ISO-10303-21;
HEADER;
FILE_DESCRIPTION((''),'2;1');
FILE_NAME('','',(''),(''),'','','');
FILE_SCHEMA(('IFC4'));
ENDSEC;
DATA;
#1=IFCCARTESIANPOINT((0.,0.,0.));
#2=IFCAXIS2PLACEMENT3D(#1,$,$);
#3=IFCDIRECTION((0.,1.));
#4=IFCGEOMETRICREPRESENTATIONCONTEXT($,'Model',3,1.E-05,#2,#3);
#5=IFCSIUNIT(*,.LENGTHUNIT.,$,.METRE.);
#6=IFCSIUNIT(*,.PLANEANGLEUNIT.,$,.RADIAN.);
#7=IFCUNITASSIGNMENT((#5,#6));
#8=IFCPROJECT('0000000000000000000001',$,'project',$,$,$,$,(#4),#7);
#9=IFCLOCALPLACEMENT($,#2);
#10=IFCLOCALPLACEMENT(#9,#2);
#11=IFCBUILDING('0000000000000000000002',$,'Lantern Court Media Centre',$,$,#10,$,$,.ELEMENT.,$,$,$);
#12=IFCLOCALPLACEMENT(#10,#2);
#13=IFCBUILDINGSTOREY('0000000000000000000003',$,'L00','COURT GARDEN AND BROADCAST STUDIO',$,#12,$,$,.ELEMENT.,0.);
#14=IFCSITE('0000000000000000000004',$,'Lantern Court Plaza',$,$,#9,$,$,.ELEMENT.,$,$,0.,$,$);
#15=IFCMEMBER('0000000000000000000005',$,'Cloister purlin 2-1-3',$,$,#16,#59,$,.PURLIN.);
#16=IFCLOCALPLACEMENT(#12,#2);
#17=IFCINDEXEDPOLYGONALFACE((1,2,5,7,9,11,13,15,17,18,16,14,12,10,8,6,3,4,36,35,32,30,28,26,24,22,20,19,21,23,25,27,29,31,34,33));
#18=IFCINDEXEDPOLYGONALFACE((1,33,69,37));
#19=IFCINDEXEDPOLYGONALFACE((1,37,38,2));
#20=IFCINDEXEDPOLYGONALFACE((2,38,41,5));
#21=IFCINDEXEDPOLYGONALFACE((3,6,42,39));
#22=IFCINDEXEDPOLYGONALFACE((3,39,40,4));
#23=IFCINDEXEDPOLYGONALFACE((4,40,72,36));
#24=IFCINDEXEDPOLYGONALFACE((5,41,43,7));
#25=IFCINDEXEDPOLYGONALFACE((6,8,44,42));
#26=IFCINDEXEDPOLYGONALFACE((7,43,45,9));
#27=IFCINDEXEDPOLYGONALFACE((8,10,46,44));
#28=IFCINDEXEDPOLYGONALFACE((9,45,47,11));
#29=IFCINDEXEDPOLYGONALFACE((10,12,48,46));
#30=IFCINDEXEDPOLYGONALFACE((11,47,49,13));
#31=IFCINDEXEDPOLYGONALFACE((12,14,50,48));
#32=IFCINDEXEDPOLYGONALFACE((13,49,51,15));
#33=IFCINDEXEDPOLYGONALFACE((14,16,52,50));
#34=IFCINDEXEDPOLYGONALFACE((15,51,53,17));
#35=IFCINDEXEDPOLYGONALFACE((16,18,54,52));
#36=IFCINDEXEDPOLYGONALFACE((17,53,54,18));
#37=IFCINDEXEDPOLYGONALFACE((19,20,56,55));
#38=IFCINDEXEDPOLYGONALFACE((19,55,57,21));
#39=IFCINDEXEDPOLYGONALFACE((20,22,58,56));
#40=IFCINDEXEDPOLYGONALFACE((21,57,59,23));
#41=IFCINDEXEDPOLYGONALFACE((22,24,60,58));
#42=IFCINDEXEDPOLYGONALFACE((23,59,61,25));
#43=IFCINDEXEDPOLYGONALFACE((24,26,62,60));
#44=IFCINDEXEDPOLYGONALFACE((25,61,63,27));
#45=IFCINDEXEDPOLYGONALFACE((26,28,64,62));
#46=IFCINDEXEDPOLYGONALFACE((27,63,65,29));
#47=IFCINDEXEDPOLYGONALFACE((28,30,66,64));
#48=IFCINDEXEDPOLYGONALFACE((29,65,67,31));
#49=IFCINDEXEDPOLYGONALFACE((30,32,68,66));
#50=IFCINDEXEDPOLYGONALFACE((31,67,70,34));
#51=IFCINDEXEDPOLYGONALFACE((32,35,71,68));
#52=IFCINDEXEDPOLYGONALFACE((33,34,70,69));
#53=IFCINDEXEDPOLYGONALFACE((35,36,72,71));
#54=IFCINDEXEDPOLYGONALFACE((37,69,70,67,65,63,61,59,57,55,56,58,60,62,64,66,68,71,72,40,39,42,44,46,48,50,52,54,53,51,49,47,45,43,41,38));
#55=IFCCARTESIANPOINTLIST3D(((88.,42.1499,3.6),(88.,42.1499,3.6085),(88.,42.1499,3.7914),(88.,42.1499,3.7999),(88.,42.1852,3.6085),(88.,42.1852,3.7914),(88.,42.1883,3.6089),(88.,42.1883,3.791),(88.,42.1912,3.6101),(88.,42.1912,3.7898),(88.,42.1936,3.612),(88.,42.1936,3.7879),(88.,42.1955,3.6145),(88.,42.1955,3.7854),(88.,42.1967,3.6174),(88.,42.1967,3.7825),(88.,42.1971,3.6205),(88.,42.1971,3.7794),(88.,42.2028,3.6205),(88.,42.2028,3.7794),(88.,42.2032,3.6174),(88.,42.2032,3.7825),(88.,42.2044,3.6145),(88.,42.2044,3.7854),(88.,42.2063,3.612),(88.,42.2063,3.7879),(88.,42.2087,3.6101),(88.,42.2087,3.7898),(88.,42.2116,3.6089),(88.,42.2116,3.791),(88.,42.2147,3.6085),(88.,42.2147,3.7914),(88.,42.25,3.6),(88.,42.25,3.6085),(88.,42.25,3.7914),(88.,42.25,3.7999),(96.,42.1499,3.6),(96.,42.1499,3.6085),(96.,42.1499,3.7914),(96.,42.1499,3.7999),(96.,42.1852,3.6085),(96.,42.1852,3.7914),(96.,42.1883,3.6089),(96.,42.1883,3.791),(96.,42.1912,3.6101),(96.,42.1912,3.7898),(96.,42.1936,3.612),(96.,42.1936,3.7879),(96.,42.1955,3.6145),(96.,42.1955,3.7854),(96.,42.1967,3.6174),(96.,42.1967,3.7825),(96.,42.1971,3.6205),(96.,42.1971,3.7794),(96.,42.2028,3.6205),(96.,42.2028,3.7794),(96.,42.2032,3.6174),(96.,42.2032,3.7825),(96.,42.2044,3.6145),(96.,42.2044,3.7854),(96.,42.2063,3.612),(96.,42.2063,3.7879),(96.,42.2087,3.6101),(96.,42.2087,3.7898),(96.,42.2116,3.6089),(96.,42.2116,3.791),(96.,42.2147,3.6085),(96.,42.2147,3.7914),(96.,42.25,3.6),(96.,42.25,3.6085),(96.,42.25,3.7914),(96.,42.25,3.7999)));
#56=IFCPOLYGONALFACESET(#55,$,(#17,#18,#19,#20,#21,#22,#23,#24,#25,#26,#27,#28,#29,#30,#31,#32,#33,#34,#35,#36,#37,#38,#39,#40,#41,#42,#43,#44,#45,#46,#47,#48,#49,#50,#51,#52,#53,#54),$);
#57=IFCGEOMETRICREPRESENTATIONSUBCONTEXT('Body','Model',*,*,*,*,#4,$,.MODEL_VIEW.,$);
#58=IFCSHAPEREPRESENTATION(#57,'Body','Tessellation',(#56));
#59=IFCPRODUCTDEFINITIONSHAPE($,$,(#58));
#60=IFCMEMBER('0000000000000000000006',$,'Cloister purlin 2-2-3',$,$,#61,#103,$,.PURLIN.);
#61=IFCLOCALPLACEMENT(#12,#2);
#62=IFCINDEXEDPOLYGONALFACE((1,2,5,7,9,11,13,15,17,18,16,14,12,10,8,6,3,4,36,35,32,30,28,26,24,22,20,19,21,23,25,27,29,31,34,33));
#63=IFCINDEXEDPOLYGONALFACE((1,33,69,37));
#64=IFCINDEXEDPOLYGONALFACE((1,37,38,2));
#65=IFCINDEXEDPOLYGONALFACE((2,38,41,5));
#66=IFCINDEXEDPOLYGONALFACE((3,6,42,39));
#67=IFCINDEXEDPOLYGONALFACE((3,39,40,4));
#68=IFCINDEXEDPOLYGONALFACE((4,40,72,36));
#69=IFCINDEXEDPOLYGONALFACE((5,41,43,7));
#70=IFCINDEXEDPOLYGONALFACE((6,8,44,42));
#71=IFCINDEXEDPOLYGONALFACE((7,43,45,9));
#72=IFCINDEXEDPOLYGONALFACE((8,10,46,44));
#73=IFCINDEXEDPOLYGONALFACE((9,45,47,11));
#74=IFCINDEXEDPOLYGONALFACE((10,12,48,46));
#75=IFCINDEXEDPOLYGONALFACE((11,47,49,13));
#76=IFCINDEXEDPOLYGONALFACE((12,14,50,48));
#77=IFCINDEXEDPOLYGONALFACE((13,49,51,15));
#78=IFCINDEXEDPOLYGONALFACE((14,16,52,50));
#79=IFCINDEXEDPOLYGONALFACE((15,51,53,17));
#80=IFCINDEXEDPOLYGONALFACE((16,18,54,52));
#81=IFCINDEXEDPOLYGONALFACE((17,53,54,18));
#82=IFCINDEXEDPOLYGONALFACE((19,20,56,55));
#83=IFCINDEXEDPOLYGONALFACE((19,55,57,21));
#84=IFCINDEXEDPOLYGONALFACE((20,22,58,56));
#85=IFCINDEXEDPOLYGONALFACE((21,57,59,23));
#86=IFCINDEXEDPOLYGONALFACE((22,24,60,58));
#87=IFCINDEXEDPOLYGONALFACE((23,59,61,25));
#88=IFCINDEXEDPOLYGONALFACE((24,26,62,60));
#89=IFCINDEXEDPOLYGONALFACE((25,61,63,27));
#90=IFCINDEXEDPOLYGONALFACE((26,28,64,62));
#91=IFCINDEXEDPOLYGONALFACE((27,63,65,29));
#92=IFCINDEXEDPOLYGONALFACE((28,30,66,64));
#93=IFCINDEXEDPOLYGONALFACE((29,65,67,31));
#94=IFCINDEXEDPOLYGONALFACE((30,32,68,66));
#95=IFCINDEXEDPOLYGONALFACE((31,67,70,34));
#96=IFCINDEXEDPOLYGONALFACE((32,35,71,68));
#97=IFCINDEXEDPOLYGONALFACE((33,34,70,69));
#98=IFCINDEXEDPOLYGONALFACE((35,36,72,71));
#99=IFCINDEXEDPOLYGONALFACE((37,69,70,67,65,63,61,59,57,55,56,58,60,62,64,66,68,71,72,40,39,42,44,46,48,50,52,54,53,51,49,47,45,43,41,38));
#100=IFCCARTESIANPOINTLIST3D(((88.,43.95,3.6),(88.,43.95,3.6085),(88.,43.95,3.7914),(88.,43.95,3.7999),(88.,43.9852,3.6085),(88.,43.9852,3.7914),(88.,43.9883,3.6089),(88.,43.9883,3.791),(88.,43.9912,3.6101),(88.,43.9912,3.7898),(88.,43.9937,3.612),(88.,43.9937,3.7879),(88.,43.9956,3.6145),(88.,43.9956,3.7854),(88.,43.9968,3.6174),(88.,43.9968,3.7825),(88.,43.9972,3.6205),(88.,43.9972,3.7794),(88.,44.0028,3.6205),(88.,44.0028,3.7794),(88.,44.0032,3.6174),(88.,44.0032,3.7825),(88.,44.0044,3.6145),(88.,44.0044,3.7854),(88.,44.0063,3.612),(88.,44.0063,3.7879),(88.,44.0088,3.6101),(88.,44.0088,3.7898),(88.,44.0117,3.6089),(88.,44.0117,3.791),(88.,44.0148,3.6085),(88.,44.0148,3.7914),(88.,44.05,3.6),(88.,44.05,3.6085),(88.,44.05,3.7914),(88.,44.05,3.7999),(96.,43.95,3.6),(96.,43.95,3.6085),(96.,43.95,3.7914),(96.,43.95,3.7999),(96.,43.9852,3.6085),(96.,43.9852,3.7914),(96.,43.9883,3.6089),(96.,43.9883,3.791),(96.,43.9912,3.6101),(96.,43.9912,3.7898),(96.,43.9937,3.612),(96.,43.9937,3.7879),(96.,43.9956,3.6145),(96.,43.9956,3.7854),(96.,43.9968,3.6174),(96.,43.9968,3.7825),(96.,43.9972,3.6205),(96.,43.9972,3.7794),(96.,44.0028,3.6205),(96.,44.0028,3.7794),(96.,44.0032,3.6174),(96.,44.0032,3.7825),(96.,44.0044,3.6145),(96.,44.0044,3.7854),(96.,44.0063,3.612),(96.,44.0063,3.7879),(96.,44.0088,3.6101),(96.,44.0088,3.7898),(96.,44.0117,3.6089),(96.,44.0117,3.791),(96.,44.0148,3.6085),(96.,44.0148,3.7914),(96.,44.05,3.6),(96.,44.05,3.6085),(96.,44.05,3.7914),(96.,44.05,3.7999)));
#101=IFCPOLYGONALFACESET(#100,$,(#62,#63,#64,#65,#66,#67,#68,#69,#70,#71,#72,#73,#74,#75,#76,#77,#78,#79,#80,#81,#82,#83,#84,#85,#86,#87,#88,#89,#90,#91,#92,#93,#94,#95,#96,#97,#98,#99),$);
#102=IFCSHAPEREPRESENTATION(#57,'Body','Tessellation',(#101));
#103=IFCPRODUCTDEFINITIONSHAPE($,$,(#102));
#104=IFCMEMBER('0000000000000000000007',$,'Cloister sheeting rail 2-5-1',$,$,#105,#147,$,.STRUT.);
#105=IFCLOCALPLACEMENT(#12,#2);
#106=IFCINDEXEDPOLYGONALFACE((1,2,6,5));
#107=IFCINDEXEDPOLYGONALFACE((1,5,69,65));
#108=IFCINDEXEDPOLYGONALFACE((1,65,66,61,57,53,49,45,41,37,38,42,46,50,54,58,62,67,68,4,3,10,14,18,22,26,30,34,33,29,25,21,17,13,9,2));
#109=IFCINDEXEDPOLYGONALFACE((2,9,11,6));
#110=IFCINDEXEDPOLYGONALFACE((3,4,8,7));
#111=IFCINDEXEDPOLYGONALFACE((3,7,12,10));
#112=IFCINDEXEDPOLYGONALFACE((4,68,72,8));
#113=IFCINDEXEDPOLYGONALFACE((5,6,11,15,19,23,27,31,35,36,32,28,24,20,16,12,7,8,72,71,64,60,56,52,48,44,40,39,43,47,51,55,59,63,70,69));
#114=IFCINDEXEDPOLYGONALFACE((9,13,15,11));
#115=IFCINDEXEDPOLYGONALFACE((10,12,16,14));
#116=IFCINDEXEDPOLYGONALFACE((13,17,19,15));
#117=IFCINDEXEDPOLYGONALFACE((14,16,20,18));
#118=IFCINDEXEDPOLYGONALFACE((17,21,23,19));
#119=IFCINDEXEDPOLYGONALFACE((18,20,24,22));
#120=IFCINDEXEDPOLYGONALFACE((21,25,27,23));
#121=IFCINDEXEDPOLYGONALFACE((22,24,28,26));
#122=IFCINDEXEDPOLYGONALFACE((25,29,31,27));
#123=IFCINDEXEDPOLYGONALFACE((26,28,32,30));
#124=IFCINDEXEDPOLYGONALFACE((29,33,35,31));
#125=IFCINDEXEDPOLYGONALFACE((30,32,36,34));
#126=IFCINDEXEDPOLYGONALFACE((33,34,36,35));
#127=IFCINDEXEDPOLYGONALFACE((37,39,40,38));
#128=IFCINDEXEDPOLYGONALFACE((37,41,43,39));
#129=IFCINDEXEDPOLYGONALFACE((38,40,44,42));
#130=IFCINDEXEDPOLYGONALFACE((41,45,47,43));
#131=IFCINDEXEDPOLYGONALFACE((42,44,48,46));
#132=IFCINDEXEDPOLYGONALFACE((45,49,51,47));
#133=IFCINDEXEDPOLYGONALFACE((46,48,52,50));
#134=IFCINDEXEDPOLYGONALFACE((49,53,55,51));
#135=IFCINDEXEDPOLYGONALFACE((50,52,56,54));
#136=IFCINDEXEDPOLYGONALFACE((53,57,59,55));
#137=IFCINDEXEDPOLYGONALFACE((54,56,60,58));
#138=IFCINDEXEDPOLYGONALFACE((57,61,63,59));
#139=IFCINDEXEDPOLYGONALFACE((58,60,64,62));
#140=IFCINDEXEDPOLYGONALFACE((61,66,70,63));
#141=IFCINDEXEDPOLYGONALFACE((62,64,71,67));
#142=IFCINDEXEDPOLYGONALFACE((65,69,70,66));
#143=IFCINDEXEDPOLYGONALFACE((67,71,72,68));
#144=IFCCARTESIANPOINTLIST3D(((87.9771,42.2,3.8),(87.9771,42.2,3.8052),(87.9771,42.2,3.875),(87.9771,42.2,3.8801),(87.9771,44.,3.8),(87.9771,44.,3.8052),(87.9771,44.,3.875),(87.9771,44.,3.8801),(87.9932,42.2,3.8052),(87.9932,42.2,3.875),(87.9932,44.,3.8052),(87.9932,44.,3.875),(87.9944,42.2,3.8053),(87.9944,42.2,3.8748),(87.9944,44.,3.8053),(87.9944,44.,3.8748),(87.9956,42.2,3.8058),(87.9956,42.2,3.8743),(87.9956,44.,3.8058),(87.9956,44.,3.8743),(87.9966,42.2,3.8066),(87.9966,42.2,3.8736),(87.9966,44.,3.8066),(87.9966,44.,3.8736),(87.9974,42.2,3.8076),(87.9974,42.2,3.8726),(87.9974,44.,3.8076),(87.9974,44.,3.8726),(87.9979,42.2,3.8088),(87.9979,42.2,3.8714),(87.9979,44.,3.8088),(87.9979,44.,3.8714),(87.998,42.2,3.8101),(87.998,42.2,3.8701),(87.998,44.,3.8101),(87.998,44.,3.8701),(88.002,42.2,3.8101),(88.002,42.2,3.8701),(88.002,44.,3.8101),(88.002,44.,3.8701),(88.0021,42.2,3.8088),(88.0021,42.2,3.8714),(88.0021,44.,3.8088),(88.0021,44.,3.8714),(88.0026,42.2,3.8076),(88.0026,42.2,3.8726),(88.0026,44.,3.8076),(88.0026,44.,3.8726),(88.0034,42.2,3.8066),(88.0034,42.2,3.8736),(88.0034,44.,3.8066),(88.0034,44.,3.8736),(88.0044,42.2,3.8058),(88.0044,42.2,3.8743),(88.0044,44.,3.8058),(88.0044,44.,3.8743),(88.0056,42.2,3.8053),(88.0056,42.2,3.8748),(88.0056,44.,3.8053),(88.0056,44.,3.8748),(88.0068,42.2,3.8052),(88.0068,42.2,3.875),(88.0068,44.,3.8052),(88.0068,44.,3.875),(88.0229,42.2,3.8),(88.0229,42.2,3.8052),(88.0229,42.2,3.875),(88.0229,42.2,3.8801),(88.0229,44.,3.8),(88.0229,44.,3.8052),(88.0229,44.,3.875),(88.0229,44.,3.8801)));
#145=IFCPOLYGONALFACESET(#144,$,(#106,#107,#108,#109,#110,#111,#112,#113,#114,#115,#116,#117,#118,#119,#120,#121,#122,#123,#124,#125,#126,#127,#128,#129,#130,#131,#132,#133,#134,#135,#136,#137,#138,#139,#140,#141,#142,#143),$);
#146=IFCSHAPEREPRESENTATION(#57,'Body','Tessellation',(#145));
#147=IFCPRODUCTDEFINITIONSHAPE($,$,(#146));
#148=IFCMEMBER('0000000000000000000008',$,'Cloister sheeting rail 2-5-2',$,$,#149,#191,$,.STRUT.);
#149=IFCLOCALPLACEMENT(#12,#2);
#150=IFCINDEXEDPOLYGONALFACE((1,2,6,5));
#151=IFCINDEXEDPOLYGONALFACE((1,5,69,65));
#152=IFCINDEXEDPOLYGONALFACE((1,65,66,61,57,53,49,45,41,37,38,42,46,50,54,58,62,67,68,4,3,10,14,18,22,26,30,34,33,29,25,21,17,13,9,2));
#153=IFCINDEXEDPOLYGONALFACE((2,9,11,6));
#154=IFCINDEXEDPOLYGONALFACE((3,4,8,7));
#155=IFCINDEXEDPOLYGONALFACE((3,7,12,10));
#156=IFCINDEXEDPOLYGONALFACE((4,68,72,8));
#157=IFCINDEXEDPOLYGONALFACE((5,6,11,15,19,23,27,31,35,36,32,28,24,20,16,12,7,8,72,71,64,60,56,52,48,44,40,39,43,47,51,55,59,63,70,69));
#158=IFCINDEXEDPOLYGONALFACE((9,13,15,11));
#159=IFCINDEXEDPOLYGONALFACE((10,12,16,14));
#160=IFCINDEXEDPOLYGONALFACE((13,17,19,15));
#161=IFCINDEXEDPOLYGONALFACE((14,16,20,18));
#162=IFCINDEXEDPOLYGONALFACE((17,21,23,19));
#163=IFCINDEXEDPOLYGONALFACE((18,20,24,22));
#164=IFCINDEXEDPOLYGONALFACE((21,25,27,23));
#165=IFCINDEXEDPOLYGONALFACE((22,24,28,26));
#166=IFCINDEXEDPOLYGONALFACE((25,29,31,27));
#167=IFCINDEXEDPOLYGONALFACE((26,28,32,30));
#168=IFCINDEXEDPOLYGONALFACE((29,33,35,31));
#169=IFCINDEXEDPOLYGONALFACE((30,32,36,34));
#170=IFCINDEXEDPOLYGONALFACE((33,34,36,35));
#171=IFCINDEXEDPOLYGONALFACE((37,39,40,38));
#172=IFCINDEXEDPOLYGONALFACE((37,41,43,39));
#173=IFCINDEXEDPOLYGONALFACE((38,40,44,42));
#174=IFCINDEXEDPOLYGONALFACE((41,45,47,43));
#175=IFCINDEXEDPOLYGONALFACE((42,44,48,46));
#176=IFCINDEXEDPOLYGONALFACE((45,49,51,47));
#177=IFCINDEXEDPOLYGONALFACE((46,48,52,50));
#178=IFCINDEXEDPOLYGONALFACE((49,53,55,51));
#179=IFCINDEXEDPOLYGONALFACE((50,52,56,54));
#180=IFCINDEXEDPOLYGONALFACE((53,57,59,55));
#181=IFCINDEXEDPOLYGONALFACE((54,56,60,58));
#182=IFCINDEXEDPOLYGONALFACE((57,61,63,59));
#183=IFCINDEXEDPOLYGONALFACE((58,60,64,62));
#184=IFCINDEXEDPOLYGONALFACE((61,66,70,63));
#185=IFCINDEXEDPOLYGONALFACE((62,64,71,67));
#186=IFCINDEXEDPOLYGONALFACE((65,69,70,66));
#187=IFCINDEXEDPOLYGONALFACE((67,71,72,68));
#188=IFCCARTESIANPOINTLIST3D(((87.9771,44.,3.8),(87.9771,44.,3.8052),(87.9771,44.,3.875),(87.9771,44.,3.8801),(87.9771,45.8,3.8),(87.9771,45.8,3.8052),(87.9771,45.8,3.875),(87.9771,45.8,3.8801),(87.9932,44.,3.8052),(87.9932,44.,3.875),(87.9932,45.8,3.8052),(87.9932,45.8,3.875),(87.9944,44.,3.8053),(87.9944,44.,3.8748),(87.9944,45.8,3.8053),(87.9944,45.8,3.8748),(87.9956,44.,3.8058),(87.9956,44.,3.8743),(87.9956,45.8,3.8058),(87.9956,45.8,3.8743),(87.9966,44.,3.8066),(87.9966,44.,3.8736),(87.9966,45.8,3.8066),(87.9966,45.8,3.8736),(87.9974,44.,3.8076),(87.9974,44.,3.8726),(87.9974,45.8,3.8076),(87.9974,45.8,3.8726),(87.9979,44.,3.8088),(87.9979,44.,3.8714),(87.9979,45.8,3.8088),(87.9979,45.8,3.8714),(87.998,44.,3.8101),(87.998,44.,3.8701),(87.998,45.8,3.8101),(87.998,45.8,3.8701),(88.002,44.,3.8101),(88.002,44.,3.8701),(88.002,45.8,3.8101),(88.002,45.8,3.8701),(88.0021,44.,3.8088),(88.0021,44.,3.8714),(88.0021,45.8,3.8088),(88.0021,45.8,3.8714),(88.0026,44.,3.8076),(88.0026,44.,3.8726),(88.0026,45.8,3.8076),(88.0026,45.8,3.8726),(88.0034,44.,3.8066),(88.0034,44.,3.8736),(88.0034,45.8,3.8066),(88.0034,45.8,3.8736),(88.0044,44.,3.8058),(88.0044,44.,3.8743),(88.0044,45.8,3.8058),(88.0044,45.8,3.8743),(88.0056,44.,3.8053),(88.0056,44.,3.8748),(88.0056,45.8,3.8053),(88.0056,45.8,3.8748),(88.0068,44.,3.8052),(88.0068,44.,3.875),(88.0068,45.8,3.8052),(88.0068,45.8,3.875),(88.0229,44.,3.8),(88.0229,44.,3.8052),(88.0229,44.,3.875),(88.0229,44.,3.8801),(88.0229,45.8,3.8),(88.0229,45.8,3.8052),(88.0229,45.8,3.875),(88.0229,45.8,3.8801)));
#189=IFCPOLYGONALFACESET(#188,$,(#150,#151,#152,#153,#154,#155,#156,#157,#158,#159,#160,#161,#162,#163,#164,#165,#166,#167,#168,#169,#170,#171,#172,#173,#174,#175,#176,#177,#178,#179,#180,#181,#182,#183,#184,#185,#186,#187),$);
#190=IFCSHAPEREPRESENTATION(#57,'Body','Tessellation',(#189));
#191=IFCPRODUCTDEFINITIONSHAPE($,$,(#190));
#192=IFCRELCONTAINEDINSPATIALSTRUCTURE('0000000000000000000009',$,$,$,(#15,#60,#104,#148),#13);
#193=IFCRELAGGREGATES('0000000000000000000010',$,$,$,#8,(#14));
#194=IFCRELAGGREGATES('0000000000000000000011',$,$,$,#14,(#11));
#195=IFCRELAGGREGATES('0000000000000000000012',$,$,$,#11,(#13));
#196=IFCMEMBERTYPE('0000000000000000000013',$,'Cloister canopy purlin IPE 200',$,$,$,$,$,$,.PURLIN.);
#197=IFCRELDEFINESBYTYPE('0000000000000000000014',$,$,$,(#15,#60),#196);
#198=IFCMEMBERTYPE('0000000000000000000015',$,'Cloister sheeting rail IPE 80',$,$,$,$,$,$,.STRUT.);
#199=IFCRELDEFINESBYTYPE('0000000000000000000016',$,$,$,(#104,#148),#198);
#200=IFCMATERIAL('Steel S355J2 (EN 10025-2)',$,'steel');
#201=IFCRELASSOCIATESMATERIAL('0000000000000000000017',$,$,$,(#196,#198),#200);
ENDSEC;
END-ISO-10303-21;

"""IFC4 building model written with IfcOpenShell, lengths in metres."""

from ifc_helpers import new_model, si_unit, direction, frame, origin, origin_2d, place, context, subcontext, project, spatial, i_section, extrude, material, material_profile, profile_set, type_object, element, save


model = new_model("IFC4")

# Units and contexts
model_context = context("Model", 3, precision=1e-05, world=origin(), true_north=direction((0.0, 1.0)))
body_context = subcontext(model_context, "Body", "Model", "MODEL_VIEW")
ifc_project = project(units=[si_unit("LENGTHUNIT", "METRE"), si_unit("PLANEANGLEUNIT", "RADIAN")], contexts=[model_context])

# Site, building, storey
site_placement = place(None, origin())
site = spatial("IfcSite", under=ifc_project, at=site_placement, Name="Lantern Court Plaza", CompositionType="ELEMENT", RefElevation=0.0)
building_placement = place(site_placement, origin())
building = spatial("IfcBuilding", under=site, at=building_placement, Name="Lantern Court Media Centre", CompositionType="ELEMENT")
storey_placement = place(building_placement, origin())
storey = spatial("IfcBuildingStorey", under=building, at=storey_placement, Name="L00", Description="COURT GARDEN AND BROADCAST STUDIO", CompositionType="ELEMENT", Elevation=0.0)

# Shared definitions
ifc_material_1 = material(Name="Steel S355J2 (EN 10025-2)", Category="steel")

# Members
ifc_material_profile_1 = material_profile(ifc_material_1, i_section(OverallWidth=0.1001, OverallDepth=0.2, WebThickness=0.0056, FlangeThickness=0.0085, FilletRadius=0.012, at=origin_2d()), Name="IPE 200")
ifc_profile_set_1 = profile_set([ifc_material_profile_1], Name="Steel S355J2 (EN 10025-2)")
member_type_1 = type_object("IfcMemberType", Name="Cloister canopy purlin IPE 200", PredefinedType="PURLIN", material=ifc_profile_set_1)
for number, where, z_axis, x_axis, name in (
    (1, (88.0, 42.2, 3.7), (1.0, 0.0, 0.0), (0.0, 1.0, 0.0), "Cloister purlin 2-1-3"),
    (2, (88.0, 44.0, 3.7), (1.0, 0.0, 0.0), (0.0, 1.0, 0.0), "Cloister purlin 2-2-3"),
):
    element("IfcMember", number, at=place(storey_placement, frame(where, z_axis=z_axis, x_axis=x_axis)), inside=storey, type_object=member_type_1, Name=name, PredefinedType="PURLIN", context=body_context, shape_type="SweptSolid", body=[
        extrude(i_section(OverallWidth=0.1001, OverallDepth=0.2, WebThickness=0.0056, FlangeThickness=0.0085, FilletRadius=0.012, at=origin_2d()), origin(), (0.0, 0.0, 1.0), 8.0),
    ])
ifc_material_profile_2 = material_profile(ifc_material_1, i_section(OverallWidth=0.0459, OverallDepth=0.0801, WebThickness=0.0039, FlangeThickness=0.0051, FilletRadius=0.0049, at=origin_2d()), Name="IPE 80")
ifc_profile_set_2 = profile_set([ifc_material_profile_2], Name="Steel S355J2 (EN 10025-2)")
member_type_2 = type_object("IfcMemberType", Name="Cloister sheeting rail IPE 80", PredefinedType="STRUT", material=ifc_profile_set_2)
for number, where, z_axis, x_axis, name in (
    (3, (88.0, 42.2, 3.8401), (0.0, 1.0, 0.0), (-1.0, 0.0, 0.0), "Cloister sheeting rail 2-5-1"),
    (4, (88.0, 44.0, 3.8401), (0.0, 1.0, 0.0), (-1.0, 0.0, 0.0), "Cloister sheeting rail 2-5-2"),
):
    element("IfcMember", number, at=place(storey_placement, frame(where, z_axis=z_axis, x_axis=x_axis)), inside=storey, type_object=member_type_2, Name=name, PredefinedType="STRUT", context=body_context, shape_type="SweptSolid", body=[
        extrude(i_section(OverallWidth=0.0459, OverallDepth=0.0801, WebThickness=0.0039, FlangeThickness=0.0051, FilletRadius=0.0049, at=origin_2d()), origin(), (0.0, 0.0, 1.0), 1.8),
    ])

save(model, "model.ifc")
